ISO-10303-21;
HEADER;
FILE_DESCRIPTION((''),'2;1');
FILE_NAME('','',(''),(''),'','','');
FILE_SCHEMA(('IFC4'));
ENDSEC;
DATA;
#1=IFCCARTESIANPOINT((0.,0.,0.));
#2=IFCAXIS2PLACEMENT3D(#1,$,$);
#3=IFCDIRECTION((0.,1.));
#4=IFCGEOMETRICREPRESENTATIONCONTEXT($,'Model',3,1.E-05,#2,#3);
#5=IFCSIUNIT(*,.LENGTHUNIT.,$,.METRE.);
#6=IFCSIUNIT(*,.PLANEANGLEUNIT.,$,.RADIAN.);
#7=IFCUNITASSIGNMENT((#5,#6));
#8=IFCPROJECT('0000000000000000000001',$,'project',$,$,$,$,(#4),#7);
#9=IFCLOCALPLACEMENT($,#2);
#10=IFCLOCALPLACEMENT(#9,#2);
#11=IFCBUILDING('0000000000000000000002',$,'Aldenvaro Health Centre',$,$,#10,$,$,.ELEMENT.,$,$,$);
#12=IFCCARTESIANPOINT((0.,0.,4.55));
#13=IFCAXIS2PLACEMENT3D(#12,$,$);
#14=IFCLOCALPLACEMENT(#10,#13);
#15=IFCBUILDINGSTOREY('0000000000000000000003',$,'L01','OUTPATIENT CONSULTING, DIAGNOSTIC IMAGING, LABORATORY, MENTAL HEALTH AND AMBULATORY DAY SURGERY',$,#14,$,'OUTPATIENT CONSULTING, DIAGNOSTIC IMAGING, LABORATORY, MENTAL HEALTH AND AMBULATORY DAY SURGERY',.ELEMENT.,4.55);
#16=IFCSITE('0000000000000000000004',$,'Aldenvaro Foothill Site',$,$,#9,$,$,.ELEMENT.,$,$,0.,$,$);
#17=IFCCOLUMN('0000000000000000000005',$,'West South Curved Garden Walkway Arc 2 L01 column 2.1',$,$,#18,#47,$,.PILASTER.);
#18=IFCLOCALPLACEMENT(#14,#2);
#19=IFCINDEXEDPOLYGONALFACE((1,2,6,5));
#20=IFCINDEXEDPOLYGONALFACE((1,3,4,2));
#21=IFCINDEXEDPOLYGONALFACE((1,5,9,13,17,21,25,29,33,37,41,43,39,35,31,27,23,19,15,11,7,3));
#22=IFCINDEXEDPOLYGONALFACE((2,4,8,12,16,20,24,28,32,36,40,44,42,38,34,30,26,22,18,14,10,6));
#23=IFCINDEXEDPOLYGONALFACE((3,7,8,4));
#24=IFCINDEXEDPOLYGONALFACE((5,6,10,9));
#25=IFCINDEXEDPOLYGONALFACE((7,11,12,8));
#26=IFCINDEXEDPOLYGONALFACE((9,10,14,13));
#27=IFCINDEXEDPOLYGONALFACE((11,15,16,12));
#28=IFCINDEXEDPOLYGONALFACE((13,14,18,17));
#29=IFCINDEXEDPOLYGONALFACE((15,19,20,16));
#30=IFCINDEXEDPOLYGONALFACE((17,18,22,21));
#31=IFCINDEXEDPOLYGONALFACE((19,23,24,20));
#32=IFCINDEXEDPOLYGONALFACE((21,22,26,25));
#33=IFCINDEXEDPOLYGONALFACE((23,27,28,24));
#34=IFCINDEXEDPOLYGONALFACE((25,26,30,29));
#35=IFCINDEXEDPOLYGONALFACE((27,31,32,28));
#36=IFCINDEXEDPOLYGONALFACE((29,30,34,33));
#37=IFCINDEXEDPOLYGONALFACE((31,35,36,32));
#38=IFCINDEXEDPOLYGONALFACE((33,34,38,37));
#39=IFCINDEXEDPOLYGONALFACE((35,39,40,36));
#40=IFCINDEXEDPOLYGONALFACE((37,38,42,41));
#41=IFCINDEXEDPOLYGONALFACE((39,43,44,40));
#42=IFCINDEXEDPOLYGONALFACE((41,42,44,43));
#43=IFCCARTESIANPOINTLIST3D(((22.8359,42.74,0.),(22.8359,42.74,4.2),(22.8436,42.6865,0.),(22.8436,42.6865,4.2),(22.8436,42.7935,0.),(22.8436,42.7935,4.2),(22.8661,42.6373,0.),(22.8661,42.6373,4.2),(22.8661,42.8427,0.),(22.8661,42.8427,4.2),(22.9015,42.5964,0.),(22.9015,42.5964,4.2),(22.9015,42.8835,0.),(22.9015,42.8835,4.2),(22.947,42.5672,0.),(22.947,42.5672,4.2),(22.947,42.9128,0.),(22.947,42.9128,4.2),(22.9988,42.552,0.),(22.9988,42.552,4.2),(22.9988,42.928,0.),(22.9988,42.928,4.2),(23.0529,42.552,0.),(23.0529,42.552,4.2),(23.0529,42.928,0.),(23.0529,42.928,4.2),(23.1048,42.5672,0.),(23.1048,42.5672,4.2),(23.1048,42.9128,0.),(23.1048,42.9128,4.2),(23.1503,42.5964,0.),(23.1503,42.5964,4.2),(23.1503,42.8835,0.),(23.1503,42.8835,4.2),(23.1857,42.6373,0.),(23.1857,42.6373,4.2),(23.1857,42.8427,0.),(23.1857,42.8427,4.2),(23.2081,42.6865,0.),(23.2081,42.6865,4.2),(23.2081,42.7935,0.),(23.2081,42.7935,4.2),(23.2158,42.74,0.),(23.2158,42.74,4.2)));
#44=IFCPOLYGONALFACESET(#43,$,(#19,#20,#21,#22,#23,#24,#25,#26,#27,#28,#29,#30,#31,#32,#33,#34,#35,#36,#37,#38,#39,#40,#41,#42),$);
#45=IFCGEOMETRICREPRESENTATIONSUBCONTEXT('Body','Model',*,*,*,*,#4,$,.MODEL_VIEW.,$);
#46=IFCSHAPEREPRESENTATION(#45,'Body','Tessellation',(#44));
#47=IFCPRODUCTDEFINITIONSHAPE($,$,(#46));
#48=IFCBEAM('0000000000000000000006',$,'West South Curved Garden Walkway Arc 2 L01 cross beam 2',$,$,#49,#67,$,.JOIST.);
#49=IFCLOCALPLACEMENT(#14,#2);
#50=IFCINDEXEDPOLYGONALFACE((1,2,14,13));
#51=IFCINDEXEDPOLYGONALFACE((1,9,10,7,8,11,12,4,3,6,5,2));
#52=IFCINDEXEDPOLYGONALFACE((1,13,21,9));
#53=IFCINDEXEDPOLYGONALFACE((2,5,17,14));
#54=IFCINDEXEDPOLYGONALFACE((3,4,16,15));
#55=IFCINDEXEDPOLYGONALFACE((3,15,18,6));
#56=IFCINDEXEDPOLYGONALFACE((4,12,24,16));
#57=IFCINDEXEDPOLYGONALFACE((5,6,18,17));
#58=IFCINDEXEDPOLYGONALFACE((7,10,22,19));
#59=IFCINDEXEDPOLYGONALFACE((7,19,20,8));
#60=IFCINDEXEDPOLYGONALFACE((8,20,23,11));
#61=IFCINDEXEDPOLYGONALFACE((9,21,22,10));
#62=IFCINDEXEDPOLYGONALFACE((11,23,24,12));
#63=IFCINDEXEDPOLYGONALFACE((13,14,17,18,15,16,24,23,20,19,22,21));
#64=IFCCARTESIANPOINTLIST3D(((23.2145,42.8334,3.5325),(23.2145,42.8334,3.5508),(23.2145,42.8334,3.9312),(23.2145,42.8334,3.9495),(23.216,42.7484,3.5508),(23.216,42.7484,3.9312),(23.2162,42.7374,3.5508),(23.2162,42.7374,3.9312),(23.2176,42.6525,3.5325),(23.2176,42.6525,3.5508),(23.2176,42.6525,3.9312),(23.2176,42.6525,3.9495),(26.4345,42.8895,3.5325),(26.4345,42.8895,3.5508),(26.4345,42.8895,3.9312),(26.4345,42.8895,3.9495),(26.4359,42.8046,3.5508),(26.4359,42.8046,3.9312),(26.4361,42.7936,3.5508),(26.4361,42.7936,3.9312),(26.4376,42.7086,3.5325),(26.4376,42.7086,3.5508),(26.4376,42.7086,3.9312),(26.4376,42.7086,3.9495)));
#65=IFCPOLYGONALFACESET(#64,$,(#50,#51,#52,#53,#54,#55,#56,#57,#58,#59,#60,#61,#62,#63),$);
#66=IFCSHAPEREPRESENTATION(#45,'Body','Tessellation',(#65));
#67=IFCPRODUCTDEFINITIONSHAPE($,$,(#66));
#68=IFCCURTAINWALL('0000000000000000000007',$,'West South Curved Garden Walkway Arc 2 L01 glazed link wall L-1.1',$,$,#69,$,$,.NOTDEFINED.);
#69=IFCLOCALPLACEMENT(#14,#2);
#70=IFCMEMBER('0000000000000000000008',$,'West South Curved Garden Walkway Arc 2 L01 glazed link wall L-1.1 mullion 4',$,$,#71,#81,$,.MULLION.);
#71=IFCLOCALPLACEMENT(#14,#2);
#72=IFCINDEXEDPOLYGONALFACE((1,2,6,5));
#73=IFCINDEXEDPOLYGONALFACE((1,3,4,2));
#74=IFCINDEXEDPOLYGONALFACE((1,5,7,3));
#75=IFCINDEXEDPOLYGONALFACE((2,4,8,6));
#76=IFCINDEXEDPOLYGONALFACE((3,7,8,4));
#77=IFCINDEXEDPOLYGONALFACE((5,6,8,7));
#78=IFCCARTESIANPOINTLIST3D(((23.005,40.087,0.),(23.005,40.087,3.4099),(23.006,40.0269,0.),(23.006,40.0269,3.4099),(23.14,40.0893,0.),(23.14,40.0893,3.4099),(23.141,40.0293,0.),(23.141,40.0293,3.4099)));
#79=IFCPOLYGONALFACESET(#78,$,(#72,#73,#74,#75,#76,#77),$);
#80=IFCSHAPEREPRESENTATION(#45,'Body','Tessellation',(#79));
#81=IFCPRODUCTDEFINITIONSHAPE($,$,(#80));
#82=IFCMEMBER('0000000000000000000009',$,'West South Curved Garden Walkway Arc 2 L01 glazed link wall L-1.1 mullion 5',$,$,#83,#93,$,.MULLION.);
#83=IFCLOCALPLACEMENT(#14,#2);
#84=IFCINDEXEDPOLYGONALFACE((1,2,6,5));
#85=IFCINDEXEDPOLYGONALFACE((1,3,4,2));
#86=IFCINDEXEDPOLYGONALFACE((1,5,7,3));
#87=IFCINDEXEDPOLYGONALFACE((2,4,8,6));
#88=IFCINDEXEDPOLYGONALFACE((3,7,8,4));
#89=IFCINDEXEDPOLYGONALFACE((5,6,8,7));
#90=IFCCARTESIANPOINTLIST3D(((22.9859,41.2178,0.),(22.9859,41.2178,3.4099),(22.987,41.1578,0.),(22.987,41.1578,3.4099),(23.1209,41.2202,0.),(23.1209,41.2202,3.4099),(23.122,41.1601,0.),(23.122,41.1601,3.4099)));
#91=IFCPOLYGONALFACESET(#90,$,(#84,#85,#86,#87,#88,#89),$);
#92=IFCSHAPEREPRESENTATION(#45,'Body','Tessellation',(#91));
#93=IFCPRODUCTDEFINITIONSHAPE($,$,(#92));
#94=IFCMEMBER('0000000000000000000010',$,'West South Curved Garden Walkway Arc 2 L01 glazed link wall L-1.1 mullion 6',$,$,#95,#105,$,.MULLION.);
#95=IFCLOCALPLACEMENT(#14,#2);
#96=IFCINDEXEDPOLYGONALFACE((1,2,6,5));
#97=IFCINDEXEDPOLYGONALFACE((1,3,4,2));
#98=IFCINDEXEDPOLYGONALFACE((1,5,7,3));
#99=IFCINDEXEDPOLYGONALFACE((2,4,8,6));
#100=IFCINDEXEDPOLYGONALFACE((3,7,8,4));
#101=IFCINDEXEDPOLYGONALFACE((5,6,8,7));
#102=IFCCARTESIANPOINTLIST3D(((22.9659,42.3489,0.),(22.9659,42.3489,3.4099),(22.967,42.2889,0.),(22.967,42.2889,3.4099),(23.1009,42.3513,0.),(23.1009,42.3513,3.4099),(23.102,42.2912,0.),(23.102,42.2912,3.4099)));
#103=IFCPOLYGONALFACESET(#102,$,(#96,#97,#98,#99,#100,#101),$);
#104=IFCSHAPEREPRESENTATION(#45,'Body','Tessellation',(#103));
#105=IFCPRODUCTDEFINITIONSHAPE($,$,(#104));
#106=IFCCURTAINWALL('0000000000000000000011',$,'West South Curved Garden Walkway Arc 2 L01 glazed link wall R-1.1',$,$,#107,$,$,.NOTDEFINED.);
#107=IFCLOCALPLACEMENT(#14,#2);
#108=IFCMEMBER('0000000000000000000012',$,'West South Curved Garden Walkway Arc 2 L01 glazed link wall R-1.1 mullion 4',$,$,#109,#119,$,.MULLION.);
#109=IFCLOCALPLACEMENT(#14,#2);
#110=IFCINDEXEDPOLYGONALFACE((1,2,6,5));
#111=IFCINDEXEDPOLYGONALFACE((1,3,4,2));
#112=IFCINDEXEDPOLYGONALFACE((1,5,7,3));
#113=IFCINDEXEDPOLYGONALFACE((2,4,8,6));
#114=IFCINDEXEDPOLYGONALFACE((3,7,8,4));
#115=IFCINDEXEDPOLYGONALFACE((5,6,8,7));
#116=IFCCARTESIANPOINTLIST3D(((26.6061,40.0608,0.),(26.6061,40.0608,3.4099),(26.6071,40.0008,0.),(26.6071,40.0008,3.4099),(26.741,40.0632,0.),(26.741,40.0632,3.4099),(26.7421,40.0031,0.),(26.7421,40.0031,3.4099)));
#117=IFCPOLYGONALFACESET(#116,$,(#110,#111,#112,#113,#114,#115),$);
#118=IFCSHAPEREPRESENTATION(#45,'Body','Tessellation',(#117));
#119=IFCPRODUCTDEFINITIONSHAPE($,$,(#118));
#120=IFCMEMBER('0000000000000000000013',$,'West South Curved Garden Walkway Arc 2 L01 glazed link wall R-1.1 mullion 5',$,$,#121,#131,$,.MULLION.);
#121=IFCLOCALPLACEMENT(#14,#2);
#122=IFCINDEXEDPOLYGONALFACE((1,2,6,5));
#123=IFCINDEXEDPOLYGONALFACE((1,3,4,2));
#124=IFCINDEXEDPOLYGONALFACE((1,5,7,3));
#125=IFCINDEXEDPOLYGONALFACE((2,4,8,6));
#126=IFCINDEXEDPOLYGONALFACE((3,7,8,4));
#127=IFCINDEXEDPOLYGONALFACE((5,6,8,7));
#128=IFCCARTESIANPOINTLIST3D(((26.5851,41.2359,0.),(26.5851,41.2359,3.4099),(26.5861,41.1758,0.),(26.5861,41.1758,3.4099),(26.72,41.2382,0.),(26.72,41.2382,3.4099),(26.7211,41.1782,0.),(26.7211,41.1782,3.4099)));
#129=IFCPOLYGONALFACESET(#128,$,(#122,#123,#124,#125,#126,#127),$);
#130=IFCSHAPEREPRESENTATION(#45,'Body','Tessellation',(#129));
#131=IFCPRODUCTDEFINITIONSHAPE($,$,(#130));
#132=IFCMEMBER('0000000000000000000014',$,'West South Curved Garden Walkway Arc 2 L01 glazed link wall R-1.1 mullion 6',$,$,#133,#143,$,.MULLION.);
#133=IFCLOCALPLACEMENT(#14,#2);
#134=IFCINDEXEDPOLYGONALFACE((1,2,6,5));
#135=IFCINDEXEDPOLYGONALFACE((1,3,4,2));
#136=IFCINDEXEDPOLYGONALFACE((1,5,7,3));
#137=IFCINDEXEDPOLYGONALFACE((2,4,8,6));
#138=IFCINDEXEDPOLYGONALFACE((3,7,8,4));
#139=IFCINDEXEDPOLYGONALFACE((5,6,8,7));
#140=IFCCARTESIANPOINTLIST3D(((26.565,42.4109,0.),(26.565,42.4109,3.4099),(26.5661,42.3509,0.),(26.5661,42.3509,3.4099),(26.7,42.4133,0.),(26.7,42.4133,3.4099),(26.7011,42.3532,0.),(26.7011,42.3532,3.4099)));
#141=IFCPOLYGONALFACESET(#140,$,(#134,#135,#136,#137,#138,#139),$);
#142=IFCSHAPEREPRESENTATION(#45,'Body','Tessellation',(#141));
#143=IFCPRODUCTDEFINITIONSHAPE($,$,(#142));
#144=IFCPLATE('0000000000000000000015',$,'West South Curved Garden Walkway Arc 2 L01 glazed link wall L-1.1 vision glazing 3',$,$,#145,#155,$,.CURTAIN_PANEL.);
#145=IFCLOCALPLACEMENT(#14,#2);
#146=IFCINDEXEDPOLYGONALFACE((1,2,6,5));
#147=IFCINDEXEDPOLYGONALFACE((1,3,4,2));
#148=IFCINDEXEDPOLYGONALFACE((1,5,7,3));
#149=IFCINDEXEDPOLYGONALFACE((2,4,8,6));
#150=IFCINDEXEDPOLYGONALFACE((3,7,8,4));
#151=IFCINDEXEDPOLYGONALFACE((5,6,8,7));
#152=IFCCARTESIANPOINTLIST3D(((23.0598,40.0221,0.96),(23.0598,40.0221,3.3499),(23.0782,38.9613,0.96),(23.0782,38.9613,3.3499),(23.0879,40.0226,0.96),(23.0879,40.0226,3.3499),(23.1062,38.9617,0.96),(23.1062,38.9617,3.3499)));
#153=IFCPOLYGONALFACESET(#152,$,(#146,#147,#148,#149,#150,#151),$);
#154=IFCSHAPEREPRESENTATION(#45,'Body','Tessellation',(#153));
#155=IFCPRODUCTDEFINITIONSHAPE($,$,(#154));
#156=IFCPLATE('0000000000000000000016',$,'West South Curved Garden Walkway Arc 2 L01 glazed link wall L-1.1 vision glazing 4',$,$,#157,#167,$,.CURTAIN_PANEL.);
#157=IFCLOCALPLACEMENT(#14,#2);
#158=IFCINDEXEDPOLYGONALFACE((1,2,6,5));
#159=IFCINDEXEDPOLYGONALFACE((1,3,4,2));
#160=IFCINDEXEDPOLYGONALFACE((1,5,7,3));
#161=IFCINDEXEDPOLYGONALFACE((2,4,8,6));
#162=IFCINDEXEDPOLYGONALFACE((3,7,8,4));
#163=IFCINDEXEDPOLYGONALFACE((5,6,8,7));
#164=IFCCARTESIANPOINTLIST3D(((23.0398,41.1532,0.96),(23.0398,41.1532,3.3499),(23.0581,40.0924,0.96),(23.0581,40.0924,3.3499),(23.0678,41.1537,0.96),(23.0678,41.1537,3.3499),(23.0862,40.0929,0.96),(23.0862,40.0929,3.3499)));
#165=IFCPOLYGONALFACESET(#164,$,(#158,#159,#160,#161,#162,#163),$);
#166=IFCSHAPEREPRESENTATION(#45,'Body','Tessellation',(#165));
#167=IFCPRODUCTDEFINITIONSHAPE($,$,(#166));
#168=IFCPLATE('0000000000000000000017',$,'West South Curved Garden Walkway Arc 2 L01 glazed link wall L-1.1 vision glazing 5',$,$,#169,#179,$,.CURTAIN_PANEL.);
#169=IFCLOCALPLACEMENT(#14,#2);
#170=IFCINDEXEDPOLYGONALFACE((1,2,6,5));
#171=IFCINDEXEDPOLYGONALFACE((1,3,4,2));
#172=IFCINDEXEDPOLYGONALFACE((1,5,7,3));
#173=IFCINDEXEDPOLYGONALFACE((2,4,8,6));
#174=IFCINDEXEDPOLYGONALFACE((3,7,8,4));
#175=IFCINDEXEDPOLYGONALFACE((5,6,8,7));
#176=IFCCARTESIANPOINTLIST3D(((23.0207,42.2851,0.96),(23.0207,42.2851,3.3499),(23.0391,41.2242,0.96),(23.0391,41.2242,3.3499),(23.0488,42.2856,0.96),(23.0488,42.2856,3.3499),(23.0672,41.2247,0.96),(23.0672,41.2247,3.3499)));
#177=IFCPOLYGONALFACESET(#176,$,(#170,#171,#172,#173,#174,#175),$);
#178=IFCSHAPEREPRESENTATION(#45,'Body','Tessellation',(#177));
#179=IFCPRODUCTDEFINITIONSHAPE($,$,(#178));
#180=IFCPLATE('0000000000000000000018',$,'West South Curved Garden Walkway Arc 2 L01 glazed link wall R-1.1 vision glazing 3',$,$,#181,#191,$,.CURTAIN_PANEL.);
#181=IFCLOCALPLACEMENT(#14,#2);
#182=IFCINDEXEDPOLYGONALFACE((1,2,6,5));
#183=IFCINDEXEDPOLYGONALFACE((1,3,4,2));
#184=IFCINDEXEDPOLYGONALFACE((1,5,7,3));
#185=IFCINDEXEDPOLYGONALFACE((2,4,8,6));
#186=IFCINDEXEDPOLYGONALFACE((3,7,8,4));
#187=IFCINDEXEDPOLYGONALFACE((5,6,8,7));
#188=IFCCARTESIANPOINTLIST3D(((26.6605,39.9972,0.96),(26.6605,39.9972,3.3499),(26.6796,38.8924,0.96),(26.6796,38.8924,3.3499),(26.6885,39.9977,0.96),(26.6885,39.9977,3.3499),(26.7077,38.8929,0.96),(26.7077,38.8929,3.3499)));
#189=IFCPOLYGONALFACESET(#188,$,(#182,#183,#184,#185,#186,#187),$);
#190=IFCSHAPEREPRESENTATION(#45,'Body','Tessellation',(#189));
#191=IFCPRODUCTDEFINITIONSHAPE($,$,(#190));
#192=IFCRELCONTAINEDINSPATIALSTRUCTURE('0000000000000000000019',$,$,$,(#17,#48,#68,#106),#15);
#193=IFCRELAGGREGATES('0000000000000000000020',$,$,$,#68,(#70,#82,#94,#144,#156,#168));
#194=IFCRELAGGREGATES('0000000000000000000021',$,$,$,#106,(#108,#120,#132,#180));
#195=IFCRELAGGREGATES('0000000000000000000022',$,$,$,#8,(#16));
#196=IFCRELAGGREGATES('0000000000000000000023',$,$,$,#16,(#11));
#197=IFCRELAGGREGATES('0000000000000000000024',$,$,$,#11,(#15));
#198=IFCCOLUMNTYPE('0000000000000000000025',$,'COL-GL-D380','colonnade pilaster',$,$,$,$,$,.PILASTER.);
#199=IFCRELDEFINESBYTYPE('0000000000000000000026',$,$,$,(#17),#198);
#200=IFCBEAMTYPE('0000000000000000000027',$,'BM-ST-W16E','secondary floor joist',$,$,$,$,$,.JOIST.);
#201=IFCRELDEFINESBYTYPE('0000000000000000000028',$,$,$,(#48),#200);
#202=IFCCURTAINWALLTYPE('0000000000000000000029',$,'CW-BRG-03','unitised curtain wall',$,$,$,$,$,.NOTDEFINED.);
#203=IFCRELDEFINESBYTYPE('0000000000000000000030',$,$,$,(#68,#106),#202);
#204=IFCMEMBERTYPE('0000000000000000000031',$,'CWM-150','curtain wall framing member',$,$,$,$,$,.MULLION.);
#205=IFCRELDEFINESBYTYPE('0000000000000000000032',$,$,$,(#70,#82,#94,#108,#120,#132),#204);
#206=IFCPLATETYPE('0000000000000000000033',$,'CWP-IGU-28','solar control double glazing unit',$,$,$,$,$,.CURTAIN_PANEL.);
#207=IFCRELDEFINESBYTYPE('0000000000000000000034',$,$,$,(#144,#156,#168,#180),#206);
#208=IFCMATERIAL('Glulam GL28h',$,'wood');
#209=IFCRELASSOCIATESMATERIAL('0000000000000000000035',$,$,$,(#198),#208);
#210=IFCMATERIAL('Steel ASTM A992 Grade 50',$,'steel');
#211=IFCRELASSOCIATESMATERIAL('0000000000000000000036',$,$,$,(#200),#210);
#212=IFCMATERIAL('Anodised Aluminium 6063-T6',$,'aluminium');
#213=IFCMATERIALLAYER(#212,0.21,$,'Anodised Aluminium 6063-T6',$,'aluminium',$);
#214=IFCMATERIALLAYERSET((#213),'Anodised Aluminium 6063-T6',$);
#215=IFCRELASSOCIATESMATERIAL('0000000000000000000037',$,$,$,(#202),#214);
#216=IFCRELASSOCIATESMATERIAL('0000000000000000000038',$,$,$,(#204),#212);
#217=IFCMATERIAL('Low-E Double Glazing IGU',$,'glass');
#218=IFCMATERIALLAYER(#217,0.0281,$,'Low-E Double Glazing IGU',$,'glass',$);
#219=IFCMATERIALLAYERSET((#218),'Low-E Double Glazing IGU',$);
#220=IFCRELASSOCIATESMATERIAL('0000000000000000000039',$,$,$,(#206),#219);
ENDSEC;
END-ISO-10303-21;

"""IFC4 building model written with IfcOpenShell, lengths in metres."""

from ifc_helpers import new_model, si_unit, direction, frame, origin, origin_2d, place, context, subcontext, project, spatial, rectangle, circle, i_section, extrude, material, layer, layer_set, material_profile, profile_set, type_object, element, aggregate, save


model = new_model("IFC4")

# Units and contexts
model_context = context("Model", 3, precision=1e-05, world=origin(), true_north=direction((0.0, 1.0)))
body_context = subcontext(model_context, "Body", "Model", "MODEL_VIEW")
ifc_project = project(units=[si_unit("LENGTHUNIT", "METRE"), si_unit("PLANEANGLEUNIT", "RADIAN")], contexts=[model_context])

# Site, building, storey
site_placement = place(None, origin())
site = spatial("IfcSite", under=ifc_project, at=site_placement, Name="Aldenvaro Foothill Site", CompositionType="ELEMENT", RefElevation=0.0)
building_placement = place(site_placement, origin())
building = spatial("IfcBuilding", under=site, at=building_placement, Name="Aldenvaro Health Centre", CompositionType="ELEMENT")
storey_placement = place(building_placement, frame((0.0, 0.0, 4.55)))
storey = spatial("IfcBuildingStorey", under=building, at=storey_placement, Name="L01", Description="OUTPATIENT CONSULTING, DIAGNOSTIC IMAGING, LABORATORY, MENTAL HEALTH AND AMBULATORY DAY SURGERY", LongName="OUTPATIENT CONSULTING, DIAGNOSTIC IMAGING, LABORATORY, MENTAL HEALTH AND AMBULATORY DAY SURGERY", CompositionType="ELEMENT", Elevation=4.55)

# Column
ifc_material_1 = material(Name="Glulam GL28h", Category="wood")
ifc_material_profile_1 = material_profile(ifc_material_1, circle(Radius=0.1899, at=origin_2d()), Name="GL D380", Category="wood")
ifc_profile_set_1 = profile_set([ifc_material_profile_1], Name="Glulam GL28h")
column_type = type_object("IfcColumnType", Name="COL-GL-D380", Description="colonnade pilaster", PredefinedType="PILASTER", material=ifc_profile_set_1)
column_placement = place(storey_placement, frame((23.0259, 42.74, 0.0), z_axis=(0.0, 0.0, 1.0), x_axis=(1.0, 0.0, 0.0)))
element("IfcColumn", 1, at=column_placement, inside=storey, type_object=column_type, Name="West South Curved Garden Walkway Arc 2 L01 column 2.1", PredefinedType="PILASTER", context=body_context, shape_type="SweptSolid", body=[
    extrude(circle(Radius=0.1899, at=origin_2d()), origin(), (0.0, 0.0, 1.0), 4.2),
])

# Beam
ifc_material_2 = material(Name="Steel ASTM A992 Grade 50", Category="steel")
ifc_material_profile_2 = material_profile(ifc_material_2, i_section(OverallWidth=0.1809, OverallDepth=0.417, WebThickness=0.011, FlangeThickness=0.0183, at=origin_2d()), Name="W16X57", Category="steel")
ifc_profile_set_2 = profile_set([ifc_material_profile_2], Name="Steel ASTM A992 Grade 50")
beam_type = type_object("IfcBeamType", Name="BM-ST-W16E", Description="secondary floor joist", PredefinedType="JOIST", material=ifc_profile_set_2)
beam_placement = place(storey_placement, frame((23.2161, 42.7429, 3.741), z_axis=(0.999848, 0.017436, 0.0), x_axis=(-0.017436, 0.999848, 0.0)))
element("IfcBeam", 2, at=beam_placement, inside=storey, type_object=beam_type, Name="West South Curved Garden Walkway Arc 2 L01 cross beam 2", PredefinedType="JOIST", context=body_context, shape_type="SweptSolid", body=[
    extrude(i_section(OverallWidth=0.1809, OverallDepth=0.417, WebThickness=0.011, FlangeThickness=0.0183, at=origin_2d()), origin(), (0.0, 0.0, 1.0), 3.2205),
])

# Curtain walls, members
ifc_material_3 = material(Name="Anodised Aluminium 6063-T6", Category="aluminium")
ifc_layer_1 = layer(ifc_material_3, 0.21, Name="Anodised Aluminium 6063-T6", Category="aluminium")
ifc_layer_set_1 = layer_set([ifc_layer_1], Name="Anodised Aluminium 6063-T6")
curtain_wall_type = type_object("IfcCurtainWallType", Name="CW-BRG-03", Description="unitised curtain wall", PredefinedType="NOTDEFINED", material=ifc_layer_set_1)
curtain_wall_1_placement = place(storey_placement, origin())
curtain_wall_1 = element("IfcCurtainWall", 3, at=curtain_wall_1_placement, inside=storey, type_object=curtain_wall_type, Name="West South Curved Garden Walkway Arc 2 L01 glazed link wall L-1.1", PredefinedType="NOTDEFINED")
ifc_material_profile_3 = material_profile(ifc_material_3, rectangle(XDim=0.0601, YDim=0.135, at=origin_2d()), Name="ALU 60x135", Category="aluminium")
ifc_profile_set_3 = profile_set([ifc_material_profile_3], Name="Anodised Aluminium 6063-T6")
member_type = type_object("IfcMemberType", Name="CWM-150", Description="curtain wall framing member", PredefinedType="MULLION", material=ifc_profile_set_3)
member_1_placement = place(storey_placement, frame((23.073, 40.0581, 0.0), z_axis=(0.0, 0.0, 1.0), x_axis=(-0.017327, 0.99985, 0.0)))
member_1 = element("IfcMember", 4, at=member_1_placement, type_object=member_type, Name="West South Curved Garden Walkway Arc 2 L01 glazed link wall L-1.1 mullion 4", PredefinedType="MULLION", context=body_context, shape_type="SweptSolid", body=[
    extrude(rectangle(XDim=0.0601, YDim=0.135, at=origin_2d()), origin(), (0.0, 0.0, 1.0), 3.4099),
])
member_2_placement = place(storey_placement, frame((23.054, 41.189, 0.0), z_axis=(0.0, 0.0, 1.0), x_axis=(-0.017327, 0.99985, 0.0)))
member_2 = element("IfcMember", 5, at=member_2_placement, type_object=member_type, Name="West South Curved Garden Walkway Arc 2 L01 glazed link wall L-1.1 mullion 5", PredefinedType="MULLION", context=body_context, shape_type="SweptSolid", body=[
    extrude(rectangle(XDim=0.0601, YDim=0.135, at=origin_2d()), origin(), (0.0, 0.0, 1.0), 3.4099),
])
member_3_placement = place(storey_placement, frame((23.0339, 42.3201, 0.0), z_axis=(0.0, 0.0, 1.0), x_axis=(-0.017327, 0.99985, 0.0)))
member_3 = element("IfcMember", 6, at=member_3_placement, type_object=member_type, Name="West South Curved Garden Walkway Arc 2 L01 glazed link wall L-1.1 mullion 6", PredefinedType="MULLION", context=body_context, shape_type="SweptSolid", body=[
    extrude(rectangle(XDim=0.0601, YDim=0.135, at=origin_2d()), origin(), (0.0, 0.0, 1.0), 3.4099),
])
curtain_wall_2_placement = place(storey_placement, origin())
curtain_wall_2 = element("IfcCurtainWall", 7, at=curtain_wall_2_placement, inside=storey, type_object=curtain_wall_type, Name="West South Curved Garden Walkway Arc 2 L01 glazed link wall R-1.1", PredefinedType="NOTDEFINED")
member_4_placement = place(storey_placement, frame((26.6741, 40.032, 0.0), z_axis=(0.0, 0.0, 1.0), x_axis=(-0.017362, 0.999849, 0.0)))
member_4 = element("IfcMember", 8, at=member_4_placement, type_object=member_type, Name="West South Curved Garden Walkway Arc 2 L01 glazed link wall R-1.1 mullion 4", PredefinedType="MULLION", context=body_context, shape_type="SweptSolid", body=[
    extrude(rectangle(XDim=0.0601, YDim=0.135, at=origin_2d()), origin(), (0.0, 0.0, 1.0), 3.4099),
])
member_5_placement = place(storey_placement, frame((26.6531, 41.207, 0.0), z_axis=(0.0, 0.0, 1.0), x_axis=(-0.017362, 0.999849, 0.0)))
member_5 = element("IfcMember", 9, at=member_5_placement, type_object=member_type, Name="West South Curved Garden Walkway Arc 2 L01 glazed link wall R-1.1 mullion 5", PredefinedType="MULLION", context=body_context, shape_type="SweptSolid", body=[
    extrude(rectangle(XDim=0.0601, YDim=0.135, at=origin_2d()), origin(), (0.0, 0.0, 1.0), 3.4099),
])
member_6_placement = place(storey_placement, frame((26.6331, 42.3821, 0.0), z_axis=(0.0, 0.0, 1.0), x_axis=(-0.017362, 0.999849, 0.0)))
member_6 = element("IfcMember", 10, at=member_6_placement, type_object=member_type, Name="West South Curved Garden Walkway Arc 2 L01 glazed link wall R-1.1 mullion 6", PredefinedType="MULLION", context=body_context, shape_type="SweptSolid", body=[
    extrude(rectangle(XDim=0.0601, YDim=0.135, at=origin_2d()), origin(), (0.0, 0.0, 1.0), 3.4099),
])

# Plates
ifc_material_4 = material(Name="Low-E Double Glazing IGU", Category="glass")
ifc_layer_2 = layer(ifc_material_4, 0.0281, Name="Low-E Double Glazing IGU", Category="glass")
ifc_layer_set_2 = layer_set([ifc_layer_2], Name="Low-E Double Glazing IGU")
plate_type_1 = type_object("IfcPlateType", Name="CWP-IGU-28", Description="solar control double glazing unit", PredefinedType="CURTAIN_PANEL", material=ifc_layer_set_2)
plate_1_placement = place(storey_placement, frame((23.083, 39.4919, 0.96), z_axis=(0.0, 0.0, 1.0), x_axis=(-0.017327, 0.99985, 0.0)))
plate_1 = element("IfcPlate", 11, at=plate_1_placement, type_object=plate_type_1, Name="West South Curved Garden Walkway Arc 2 L01 glazed link wall L-1.1 vision glazing 3", PredefinedType="CURTAIN_PANEL", context=body_context, shape_type="SweptSolid", body=[
    extrude(rectangle(XDim=1.061, YDim=0.0281, at=origin_2d()), origin(), (0.0, 0.0, 1.0), 2.3899),
])
plate_2_placement = place(storey_placement, frame((23.063, 40.623, 0.96), z_axis=(0.0, 0.0, 1.0), x_axis=(-0.017327, 0.99985, 0.0)))
plate_2 = element("IfcPlate", 12, at=plate_2_placement, type_object=plate_type_1, Name="West South Curved Garden Walkway Arc 2 L01 glazed link wall L-1.1 vision glazing 4", PredefinedType="CURTAIN_PANEL", context=body_context, shape_type="SweptSolid", body=[
    extrude(rectangle(XDim=1.061, YDim=0.0281, at=origin_2d()), origin(), (0.0, 0.0, 1.0), 2.3899),
])
plate_3_placement = place(storey_placement, frame((23.0439, 41.7549, 0.96), z_axis=(0.0, 0.0, 1.0), x_axis=(-0.017327, 0.99985, 0.0)))
plate_3 = element("IfcPlate", 13, at=plate_3_placement, type_object=plate_type_1, Name="West South Curved Garden Walkway Arc 2 L01 glazed link wall L-1.1 vision glazing 5", PredefinedType="CURTAIN_PANEL", context=body_context, shape_type="SweptSolid", body=[
    extrude(rectangle(XDim=1.061, YDim=0.0281, at=origin_2d()), origin(), (0.0, 0.0, 1.0), 2.3899),
])
plate_4_placement = place(storey_placement, frame((26.6841, 39.4451, 0.96), z_axis=(0.0, 0.0, 1.0), x_axis=(-0.017362, 0.999849, 0.0)))
plate_4 = element("IfcPlate", 14, at=plate_4_placement, type_object=plate_type_1, Name="West South Curved Garden Walkway Arc 2 L01 glazed link wall R-1.1 vision glazing 3", PredefinedType="CURTAIN_PANEL", context=body_context, shape_type="SweptSolid", body=[
    extrude(rectangle(XDim=1.105, YDim=0.0281, at=origin_2d()), origin(), (0.0, 0.0, 1.0), 2.3899),
])
aggregate(curtain_wall_1, [member_1, member_2, member_3, plate_1, plate_2, plate_3])
aggregate(curtain_wall_2, [member_4, member_5, member_6, plate_4])

save(model, "model.ifc")
